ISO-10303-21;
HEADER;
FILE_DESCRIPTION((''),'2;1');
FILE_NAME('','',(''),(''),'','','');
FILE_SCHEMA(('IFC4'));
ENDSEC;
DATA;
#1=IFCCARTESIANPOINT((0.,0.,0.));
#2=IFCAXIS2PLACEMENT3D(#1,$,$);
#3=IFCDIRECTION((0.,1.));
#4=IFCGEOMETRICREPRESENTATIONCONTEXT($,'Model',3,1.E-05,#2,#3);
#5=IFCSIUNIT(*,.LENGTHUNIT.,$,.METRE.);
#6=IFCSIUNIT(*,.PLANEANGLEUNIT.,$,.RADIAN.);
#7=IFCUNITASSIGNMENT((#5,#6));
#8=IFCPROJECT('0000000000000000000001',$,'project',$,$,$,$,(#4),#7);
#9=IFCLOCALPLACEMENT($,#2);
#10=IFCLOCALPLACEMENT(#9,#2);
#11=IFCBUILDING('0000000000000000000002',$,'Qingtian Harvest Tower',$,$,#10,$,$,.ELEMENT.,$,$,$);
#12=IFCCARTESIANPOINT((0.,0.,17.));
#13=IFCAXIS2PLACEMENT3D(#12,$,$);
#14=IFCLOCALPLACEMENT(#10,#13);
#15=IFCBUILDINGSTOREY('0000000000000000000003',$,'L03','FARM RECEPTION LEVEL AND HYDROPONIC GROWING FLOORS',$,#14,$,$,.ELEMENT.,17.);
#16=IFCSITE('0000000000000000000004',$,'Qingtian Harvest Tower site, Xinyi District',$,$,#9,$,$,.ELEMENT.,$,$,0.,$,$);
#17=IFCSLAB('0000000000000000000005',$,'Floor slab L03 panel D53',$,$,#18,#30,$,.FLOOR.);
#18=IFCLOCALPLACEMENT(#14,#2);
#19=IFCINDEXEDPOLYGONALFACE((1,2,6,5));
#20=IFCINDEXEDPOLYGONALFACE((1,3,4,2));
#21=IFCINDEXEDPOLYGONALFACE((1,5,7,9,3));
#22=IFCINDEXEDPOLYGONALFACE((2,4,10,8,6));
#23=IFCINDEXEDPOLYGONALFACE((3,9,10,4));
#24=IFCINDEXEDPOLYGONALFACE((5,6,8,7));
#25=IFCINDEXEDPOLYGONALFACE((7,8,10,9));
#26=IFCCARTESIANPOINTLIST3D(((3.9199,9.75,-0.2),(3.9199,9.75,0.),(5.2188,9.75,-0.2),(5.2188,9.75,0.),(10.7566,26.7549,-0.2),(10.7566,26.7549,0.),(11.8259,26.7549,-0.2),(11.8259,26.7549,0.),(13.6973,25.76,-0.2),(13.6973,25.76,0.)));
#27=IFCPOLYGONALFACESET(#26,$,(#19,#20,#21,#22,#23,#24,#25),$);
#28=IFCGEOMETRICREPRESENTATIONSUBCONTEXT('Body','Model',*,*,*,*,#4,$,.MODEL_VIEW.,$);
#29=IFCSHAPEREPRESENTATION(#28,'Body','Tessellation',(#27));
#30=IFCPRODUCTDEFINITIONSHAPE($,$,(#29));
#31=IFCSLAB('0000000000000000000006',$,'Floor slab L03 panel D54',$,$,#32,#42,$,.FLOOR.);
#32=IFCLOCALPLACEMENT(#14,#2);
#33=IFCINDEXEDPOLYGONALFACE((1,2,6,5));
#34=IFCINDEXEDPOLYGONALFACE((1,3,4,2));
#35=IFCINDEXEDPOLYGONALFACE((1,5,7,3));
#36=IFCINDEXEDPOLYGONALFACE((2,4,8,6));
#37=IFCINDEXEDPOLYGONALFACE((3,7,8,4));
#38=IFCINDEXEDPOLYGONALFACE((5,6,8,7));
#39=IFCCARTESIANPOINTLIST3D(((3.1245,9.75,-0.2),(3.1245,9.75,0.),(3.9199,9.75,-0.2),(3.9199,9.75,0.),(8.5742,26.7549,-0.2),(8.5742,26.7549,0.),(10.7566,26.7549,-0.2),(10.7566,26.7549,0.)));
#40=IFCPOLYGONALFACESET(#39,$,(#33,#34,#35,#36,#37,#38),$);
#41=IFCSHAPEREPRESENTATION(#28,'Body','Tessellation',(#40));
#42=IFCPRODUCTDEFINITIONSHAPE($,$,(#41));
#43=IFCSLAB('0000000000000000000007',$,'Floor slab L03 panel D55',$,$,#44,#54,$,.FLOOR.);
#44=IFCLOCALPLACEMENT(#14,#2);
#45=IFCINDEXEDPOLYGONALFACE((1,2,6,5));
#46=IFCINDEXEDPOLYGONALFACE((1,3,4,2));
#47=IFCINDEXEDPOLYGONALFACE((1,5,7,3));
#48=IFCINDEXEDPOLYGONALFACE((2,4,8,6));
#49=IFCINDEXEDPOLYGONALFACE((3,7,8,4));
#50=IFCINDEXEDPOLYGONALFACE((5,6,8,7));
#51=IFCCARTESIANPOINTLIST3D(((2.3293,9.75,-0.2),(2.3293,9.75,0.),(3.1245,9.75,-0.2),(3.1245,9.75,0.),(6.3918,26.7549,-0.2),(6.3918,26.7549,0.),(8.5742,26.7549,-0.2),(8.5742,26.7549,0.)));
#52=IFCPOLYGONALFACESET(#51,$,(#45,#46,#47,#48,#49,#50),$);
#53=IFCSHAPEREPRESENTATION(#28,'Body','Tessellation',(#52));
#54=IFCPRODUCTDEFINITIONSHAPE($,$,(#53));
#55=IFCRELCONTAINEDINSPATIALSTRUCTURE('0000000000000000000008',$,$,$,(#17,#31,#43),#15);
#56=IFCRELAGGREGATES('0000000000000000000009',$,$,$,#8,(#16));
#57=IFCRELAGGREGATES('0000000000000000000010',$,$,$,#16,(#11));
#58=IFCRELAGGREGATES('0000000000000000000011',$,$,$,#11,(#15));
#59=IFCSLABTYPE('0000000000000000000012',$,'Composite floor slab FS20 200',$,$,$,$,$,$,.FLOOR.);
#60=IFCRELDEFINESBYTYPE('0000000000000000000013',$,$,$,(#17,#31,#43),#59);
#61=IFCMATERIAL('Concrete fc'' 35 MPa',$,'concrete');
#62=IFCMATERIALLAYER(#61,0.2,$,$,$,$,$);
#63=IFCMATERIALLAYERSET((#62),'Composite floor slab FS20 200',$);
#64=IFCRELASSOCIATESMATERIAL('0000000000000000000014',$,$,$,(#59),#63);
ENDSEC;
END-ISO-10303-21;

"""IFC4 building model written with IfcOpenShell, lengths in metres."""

from ifc_helpers import new_model, si_unit, direction, frame, origin, place, context, subcontext, project, spatial, polyline, outline, extrude, material, layer, layer_set, type_object, element, save


model = new_model("IFC4")

# Units and contexts
model_context = context("Model", 3, precision=1e-05, world=origin(), true_north=direction((0.0, 1.0)))
body_context = subcontext(model_context, "Body", "Model", "MODEL_VIEW")
ifc_project = project(units=[si_unit("LENGTHUNIT", "METRE"), si_unit("PLANEANGLEUNIT", "RADIAN")], contexts=[model_context])

# Site, building, storey
site_placement = place(None, origin())
site = spatial("IfcSite", under=ifc_project, at=site_placement, Name="Qingtian Harvest Tower site, Xinyi District", CompositionType="ELEMENT", RefElevation=0.0)
building_placement = place(site_placement, origin())
building = spatial("IfcBuilding", under=site, at=building_placement, Name="Qingtian Harvest Tower", CompositionType="ELEMENT")
storey_placement = place(building_placement, frame((0.0, 0.0, 17.0)))
storey = spatial("IfcBuildingStorey", under=building, at=storey_placement, Name="L03", Description="FARM RECEPTION LEVEL AND HYDROPONIC GROWING FLOORS", CompositionType="ELEMENT", Elevation=17.0)

# Slabs
ifc_material = material(Name="Concrete fc' 35 MPa", Category="concrete")
ifc_layer = layer(ifc_material, 0.2)
ifc_layer_set = layer_set([ifc_layer], Name="Composite floor slab FS20 200")
slab_type = type_object("IfcSlabType", Name="Composite floor slab FS20 200", PredefinedType="FLOOR", material=ifc_layer_set)
slab_1_placement = place(storey_placement, frame((0.0, 0.0, -0.2)))
element("IfcSlab", 1, at=slab_1_placement, inside=storey, type_object=slab_type, Name="Floor slab L03 panel D53", PredefinedType="FLOOR", context=body_context, shape_type="SweptSolid", body=[
    extrude(outline(polyline([(3.9199, 9.75), (10.7566, 26.7549), (11.8259, 26.7549), (13.6973, 25.76), (5.2188, 9.75), (3.9199, 9.75)])), origin(), (0.0, 0.0, 1.0), 0.2),
])
slab_2_placement = place(storey_placement, frame((0.0, 0.0, -0.2)))
element("IfcSlab", 2, at=slab_2_placement, inside=storey, type_object=slab_type, Name="Floor slab L03 panel D54", PredefinedType="FLOOR", context=body_context, shape_type="SweptSolid", body=[
    extrude(outline(polyline([(3.1245, 9.75), (8.5742, 26.7549), (10.7566, 26.7549), (3.9199, 9.75), (3.1245, 9.75)])), origin(), (0.0, 0.0, 1.0), 0.2),
])
slab_3_placement = place(storey_placement, frame((0.0, 0.0, -0.2)))
element("IfcSlab", 3, at=slab_3_placement, inside=storey, type_object=slab_type, Name="Floor slab L03 panel D55", PredefinedType="FLOOR", context=body_context, shape_type="SweptSolid", body=[
    extrude(outline(polyline([(2.3293, 9.75), (6.3918, 26.7549), (8.5742, 26.7549), (3.1245, 9.75), (2.3293, 9.75)])), origin(), (0.0, 0.0, 1.0), 0.2),
])

save(model, "model.ifc")
